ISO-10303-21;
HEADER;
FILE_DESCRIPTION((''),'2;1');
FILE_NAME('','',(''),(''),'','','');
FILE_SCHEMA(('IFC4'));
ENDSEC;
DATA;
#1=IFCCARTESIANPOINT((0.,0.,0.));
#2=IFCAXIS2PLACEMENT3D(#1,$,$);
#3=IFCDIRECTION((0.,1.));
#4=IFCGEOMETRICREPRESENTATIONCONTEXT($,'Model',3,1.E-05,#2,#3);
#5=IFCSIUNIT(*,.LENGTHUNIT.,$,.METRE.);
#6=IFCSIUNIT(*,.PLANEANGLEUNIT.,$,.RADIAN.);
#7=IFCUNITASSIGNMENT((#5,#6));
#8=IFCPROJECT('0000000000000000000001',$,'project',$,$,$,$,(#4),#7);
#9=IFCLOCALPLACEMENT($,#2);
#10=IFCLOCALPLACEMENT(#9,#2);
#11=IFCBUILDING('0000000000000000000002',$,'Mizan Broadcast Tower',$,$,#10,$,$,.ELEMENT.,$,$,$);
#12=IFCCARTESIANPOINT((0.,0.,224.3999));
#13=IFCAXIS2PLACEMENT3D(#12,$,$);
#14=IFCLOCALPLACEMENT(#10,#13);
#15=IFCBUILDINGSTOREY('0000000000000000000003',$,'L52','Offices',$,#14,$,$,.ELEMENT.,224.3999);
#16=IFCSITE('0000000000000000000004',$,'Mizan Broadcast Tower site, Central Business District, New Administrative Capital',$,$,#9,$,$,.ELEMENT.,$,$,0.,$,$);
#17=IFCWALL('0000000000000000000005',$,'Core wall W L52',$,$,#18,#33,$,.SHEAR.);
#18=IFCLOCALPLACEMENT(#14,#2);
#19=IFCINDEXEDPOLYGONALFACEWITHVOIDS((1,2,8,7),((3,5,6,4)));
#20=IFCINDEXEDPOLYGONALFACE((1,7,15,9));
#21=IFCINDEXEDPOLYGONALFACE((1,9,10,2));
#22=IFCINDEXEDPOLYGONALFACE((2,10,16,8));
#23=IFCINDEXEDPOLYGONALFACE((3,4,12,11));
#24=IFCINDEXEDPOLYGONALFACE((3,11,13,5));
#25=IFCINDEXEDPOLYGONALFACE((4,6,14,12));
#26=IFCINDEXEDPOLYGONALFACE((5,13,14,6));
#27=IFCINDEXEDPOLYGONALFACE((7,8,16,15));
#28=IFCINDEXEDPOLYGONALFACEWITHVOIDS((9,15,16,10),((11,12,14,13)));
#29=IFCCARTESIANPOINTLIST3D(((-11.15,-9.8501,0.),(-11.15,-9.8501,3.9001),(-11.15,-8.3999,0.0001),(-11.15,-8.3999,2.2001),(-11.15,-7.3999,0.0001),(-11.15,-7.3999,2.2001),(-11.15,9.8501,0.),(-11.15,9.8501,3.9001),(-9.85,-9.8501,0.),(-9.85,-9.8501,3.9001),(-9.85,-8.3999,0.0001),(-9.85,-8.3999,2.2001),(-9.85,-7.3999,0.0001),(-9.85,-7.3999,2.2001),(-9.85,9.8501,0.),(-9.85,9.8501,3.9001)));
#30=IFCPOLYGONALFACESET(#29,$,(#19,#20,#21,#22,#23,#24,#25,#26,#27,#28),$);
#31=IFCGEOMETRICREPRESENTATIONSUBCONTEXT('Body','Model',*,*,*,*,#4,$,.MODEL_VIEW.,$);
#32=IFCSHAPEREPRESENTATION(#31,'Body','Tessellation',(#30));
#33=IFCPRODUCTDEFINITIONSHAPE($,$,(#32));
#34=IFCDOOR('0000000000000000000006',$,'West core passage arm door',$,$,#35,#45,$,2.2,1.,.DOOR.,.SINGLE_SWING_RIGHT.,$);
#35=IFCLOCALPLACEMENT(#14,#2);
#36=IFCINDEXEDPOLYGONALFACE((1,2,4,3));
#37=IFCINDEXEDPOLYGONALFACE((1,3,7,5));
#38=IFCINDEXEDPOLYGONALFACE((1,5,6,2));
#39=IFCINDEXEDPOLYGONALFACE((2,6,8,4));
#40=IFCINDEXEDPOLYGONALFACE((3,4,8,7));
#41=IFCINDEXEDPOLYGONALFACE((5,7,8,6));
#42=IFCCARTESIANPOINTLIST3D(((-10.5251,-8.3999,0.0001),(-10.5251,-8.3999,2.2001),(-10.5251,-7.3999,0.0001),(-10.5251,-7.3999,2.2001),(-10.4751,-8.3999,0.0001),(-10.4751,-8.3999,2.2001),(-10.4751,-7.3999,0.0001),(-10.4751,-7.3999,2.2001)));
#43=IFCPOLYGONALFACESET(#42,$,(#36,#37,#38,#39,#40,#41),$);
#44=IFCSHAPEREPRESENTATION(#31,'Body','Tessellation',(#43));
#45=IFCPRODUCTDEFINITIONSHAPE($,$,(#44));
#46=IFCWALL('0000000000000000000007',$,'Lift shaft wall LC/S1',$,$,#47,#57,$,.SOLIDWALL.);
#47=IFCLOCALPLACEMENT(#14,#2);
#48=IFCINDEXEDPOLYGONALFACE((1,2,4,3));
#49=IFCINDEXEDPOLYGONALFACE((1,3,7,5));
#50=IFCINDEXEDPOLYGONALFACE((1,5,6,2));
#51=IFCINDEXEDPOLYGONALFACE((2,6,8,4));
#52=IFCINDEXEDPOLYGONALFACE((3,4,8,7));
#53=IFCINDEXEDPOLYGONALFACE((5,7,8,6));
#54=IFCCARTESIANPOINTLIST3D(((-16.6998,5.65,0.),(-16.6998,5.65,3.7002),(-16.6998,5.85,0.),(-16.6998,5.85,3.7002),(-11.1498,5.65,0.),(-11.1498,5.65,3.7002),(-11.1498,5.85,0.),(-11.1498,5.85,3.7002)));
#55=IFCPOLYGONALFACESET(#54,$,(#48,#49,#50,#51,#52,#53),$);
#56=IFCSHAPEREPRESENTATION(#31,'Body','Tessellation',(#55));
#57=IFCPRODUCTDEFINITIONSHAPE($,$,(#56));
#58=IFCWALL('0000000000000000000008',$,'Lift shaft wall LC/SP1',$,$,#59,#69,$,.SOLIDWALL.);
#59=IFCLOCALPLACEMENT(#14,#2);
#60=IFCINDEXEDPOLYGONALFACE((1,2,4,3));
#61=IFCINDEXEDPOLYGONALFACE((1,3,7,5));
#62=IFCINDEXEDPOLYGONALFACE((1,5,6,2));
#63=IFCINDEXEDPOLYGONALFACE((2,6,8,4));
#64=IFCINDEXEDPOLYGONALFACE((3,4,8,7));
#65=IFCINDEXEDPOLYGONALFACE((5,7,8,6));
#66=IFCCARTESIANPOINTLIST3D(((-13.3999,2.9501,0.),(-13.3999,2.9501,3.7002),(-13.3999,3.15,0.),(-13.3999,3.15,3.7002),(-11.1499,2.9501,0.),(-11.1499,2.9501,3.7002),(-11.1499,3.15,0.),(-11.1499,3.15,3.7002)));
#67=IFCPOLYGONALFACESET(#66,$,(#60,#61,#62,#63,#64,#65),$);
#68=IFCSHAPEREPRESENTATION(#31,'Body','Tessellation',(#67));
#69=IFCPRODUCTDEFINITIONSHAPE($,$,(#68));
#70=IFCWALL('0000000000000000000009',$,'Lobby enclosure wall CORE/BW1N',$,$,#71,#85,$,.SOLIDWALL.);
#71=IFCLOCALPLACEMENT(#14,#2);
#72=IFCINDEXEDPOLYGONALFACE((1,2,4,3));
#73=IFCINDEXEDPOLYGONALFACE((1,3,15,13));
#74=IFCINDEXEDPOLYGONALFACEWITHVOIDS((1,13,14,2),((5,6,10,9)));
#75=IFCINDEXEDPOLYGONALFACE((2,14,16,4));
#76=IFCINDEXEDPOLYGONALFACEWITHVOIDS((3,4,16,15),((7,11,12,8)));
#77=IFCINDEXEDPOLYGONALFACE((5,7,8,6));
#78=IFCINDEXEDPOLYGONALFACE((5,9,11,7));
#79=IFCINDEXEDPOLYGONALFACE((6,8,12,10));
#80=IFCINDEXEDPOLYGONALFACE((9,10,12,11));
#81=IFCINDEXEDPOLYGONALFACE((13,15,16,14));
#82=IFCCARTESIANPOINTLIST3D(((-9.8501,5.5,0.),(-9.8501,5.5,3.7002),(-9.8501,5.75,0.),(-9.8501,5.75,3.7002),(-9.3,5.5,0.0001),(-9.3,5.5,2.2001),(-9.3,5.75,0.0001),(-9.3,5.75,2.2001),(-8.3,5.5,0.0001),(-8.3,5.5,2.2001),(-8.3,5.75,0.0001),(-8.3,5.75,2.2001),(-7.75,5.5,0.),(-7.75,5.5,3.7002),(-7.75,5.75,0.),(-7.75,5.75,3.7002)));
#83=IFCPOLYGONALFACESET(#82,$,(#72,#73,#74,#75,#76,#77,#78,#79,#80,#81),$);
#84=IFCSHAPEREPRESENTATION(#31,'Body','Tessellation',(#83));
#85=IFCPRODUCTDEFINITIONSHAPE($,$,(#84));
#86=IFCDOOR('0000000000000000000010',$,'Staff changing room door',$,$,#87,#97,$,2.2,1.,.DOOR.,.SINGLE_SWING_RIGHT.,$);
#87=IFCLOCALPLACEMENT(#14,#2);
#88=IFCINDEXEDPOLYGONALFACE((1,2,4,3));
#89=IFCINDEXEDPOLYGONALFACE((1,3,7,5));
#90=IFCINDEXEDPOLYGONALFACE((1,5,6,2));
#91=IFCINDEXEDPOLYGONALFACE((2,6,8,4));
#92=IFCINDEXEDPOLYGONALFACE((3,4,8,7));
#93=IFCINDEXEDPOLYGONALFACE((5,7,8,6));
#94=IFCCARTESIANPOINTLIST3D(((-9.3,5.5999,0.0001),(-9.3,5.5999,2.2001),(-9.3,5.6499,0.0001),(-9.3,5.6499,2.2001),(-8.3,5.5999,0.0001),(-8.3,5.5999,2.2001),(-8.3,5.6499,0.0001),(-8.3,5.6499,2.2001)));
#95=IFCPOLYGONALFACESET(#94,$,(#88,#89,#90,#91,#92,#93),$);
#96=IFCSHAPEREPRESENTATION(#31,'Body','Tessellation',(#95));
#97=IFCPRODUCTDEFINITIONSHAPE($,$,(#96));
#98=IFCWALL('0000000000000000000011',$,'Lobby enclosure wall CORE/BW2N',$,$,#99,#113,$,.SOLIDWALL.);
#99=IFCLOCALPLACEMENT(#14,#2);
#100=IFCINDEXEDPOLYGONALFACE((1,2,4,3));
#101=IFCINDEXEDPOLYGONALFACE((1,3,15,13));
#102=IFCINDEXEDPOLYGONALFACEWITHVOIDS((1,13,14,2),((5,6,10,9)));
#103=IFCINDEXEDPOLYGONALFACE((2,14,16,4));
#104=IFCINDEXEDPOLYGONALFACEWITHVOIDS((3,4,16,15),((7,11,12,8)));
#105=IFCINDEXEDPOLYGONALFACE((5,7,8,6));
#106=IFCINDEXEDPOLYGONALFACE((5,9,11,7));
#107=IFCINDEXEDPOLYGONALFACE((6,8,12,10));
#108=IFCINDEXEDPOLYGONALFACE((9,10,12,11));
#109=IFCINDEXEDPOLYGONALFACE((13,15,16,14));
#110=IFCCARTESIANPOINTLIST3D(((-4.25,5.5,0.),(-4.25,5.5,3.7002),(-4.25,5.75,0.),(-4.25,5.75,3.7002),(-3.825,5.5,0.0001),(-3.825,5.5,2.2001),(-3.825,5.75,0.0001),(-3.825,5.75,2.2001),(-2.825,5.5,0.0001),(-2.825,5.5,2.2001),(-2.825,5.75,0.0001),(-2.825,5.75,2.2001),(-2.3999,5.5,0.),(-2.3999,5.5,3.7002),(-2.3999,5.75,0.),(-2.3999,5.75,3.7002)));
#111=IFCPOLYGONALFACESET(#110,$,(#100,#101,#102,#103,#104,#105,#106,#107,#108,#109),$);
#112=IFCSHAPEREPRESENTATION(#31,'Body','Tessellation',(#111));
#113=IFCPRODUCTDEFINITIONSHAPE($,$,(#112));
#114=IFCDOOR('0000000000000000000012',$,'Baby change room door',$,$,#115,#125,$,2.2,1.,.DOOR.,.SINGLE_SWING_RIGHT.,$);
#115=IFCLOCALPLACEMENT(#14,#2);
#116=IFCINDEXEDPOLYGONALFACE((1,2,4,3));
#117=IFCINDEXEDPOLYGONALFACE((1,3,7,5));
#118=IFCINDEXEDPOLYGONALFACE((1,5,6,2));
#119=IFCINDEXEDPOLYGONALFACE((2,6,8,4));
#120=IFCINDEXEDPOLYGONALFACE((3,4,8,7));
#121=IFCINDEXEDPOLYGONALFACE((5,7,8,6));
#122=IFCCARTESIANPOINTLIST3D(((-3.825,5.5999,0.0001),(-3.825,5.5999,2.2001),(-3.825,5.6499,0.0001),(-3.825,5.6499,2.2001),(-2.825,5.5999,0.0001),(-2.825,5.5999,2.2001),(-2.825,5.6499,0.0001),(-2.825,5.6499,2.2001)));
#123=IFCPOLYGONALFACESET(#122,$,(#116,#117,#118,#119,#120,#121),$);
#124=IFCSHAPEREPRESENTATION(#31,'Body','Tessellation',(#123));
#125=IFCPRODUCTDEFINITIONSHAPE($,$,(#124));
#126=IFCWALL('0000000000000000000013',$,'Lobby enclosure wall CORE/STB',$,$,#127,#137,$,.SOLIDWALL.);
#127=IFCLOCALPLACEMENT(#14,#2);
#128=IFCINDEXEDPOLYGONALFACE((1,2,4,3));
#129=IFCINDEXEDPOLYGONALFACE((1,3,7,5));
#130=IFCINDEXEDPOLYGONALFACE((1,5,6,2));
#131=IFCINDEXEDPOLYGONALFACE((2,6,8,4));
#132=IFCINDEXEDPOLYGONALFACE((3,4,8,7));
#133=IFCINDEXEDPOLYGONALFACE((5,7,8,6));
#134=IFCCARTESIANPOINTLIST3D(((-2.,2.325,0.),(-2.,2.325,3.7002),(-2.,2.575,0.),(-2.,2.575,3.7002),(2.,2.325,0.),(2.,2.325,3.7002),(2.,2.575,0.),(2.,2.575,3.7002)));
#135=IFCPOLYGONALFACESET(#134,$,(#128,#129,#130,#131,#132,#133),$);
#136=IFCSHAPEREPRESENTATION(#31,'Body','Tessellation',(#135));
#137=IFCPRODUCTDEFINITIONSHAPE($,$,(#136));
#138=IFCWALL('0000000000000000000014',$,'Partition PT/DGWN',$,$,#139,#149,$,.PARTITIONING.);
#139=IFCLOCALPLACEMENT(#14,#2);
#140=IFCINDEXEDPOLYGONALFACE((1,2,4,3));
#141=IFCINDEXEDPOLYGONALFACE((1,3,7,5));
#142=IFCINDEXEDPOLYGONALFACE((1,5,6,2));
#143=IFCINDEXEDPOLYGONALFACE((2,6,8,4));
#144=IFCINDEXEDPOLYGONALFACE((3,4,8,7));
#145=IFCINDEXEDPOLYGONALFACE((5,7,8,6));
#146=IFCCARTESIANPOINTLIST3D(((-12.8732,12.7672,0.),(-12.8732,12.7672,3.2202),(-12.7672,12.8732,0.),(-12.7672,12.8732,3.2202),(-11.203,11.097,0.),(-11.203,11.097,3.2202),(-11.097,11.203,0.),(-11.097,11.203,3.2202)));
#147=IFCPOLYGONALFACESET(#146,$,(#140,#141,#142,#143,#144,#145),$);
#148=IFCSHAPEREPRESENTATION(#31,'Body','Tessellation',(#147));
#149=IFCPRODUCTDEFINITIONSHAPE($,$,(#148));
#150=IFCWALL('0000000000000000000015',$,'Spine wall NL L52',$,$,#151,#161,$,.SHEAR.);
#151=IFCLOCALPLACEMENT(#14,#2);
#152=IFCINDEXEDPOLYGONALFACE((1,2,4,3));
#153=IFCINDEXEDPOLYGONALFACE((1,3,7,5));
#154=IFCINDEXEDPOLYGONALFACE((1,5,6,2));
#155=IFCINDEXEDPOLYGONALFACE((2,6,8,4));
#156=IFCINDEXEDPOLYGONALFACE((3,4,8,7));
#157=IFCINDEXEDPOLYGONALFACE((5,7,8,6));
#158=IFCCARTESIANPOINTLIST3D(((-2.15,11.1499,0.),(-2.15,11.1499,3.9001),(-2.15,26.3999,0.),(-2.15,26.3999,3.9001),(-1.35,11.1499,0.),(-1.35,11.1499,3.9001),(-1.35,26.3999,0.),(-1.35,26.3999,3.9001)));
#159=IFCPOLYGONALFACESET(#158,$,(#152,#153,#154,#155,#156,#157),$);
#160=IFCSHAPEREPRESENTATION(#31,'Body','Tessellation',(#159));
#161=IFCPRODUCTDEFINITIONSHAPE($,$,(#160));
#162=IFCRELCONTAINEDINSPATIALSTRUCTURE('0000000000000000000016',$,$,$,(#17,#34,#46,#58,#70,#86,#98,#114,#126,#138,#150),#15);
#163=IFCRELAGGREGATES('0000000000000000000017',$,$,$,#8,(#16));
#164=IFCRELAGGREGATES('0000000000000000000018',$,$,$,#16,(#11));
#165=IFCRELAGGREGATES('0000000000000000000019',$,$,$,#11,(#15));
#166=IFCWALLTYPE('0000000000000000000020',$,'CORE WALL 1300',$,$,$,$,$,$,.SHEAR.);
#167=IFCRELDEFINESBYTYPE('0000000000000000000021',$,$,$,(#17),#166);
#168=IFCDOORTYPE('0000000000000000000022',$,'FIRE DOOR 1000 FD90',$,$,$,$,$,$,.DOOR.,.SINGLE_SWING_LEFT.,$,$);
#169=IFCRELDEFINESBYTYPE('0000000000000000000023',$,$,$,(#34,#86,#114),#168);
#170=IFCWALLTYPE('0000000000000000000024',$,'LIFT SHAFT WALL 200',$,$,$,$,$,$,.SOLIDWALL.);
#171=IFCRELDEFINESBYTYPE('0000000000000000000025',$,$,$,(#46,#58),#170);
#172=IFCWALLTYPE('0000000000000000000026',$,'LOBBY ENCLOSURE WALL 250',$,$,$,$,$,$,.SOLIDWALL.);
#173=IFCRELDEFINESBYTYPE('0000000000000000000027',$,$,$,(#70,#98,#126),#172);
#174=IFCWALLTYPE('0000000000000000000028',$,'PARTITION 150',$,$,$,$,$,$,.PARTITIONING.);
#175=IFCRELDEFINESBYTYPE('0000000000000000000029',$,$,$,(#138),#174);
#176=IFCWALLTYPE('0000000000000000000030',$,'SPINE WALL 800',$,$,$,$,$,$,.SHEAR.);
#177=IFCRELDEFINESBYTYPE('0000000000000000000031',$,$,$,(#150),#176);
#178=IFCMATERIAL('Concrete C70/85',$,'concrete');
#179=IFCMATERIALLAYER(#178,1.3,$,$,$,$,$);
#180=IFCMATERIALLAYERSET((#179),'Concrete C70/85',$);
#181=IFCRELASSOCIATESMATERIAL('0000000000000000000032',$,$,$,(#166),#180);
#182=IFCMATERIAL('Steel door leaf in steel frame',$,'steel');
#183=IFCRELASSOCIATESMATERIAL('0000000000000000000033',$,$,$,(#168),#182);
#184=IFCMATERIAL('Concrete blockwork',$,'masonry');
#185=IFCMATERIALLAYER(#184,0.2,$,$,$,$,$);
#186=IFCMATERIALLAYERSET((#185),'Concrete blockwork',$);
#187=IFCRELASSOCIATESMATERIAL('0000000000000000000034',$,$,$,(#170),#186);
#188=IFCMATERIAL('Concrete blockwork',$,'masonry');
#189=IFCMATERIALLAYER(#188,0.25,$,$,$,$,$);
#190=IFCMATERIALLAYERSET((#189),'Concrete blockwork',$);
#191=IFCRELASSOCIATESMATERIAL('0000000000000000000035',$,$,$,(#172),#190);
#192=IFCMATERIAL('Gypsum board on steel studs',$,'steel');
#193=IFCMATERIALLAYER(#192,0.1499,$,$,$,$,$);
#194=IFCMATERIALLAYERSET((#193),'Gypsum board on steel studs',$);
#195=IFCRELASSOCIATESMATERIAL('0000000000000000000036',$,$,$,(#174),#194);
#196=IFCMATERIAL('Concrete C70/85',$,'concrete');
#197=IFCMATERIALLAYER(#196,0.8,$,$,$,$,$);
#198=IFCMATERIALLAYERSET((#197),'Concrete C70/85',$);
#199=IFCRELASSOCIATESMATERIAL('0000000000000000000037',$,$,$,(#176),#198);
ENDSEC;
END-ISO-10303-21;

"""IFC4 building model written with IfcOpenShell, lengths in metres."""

from ifc_helpers import new_model, si_unit, direction, frame, frame_2d, origin, place, context, subcontext, project, spatial, rectangle, extrude, material, layer, layer_set, type_object, element, fill, save


model = new_model("IFC4")

# Units and contexts
model_context = context("Model", 3, precision=1e-05, world=origin(), true_north=direction((0.0, 1.0)))
body_context = subcontext(model_context, "Body", "Model", "MODEL_VIEW")
ifc_project = project(units=[si_unit("LENGTHUNIT", "METRE"), si_unit("PLANEANGLEUNIT", "RADIAN")], contexts=[model_context])

# Site, building, storey
site_placement = place(None, origin())
site = spatial("IfcSite", under=ifc_project, at=site_placement, Name="Mizan Broadcast Tower site, Central Business District, New Administrative Capital", CompositionType="ELEMENT", RefElevation=0.0)
building_placement = place(site_placement, origin())
building = spatial("IfcBuilding", under=site, at=building_placement, Name="Mizan Broadcast Tower", CompositionType="ELEMENT")
storey_placement = place(building_placement, frame((0.0, 0.0, 224.3999)))
storey = spatial("IfcBuildingStorey", under=building, at=storey_placement, Name="L52", Description="Offices", CompositionType="ELEMENT", Elevation=224.3999)

# Shared definitions
ifc_material_1 = material(Name="Concrete C70/85", Category="concrete")
ifc_layer_1 = layer(ifc_material_1, 1.3)
ifc_layer_set_1 = layer_set([ifc_layer_1], Name="Concrete C70/85")
wall_type_1 = type_object("IfcWallType", Name="CORE WALL 1300", PredefinedType="SHEAR", material=ifc_layer_set_1)

# Wall, opening, door
wall_1_placement = place(storey_placement, frame((-10.5, 9.8501, 0.0), z_axis=(0.0, 0.0, 1.0), x_axis=(0.0, -1.0, 0.0)))
wall_1 = element("IfcWall", 1, at=wall_1_placement, inside=storey, type_object=wall_type_1, Name="Core wall W L52", PredefinedType="SHEAR", context=body_context, shape_type="SweptSolid", body=[
    extrude(rectangle(XDim=19.7002, YDim=1.3, at=frame_2d((9.8501, 0.0))), origin(), (0.0, 0.0, 1.0), 3.9001),
])
opening_1_placement = place(wall_1_placement, frame((17.25, 0.0, 0.0)))
opening_1 = element("IfcOpeningElement", 2, at=opening_1_placement, cuts=wall_1, PredefinedType="OPENING", context=body_context, shape_type="SweptSolid", body=[
    extrude(rectangle(XDim=1.0, YDim=2.2, at=frame_2d((0.5, 1.1001))), frame((0.0, 0.6599, 0.0), z_axis=(0.0, -1.0, 0.0), x_axis=(1.0, 0.0, 0.0)), (0.0, 0.0, 1.0), 1.3201),
])
ifc_material_2 = material(Name="Steel door leaf in steel frame", Category="steel")
door_type_1 = type_object("IfcDoorType", Name="FIRE DOOR 1000 FD90", OperationType="SINGLE_SWING_LEFT", PredefinedType="DOOR", material=ifc_material_2)
door_1_placement = place(opening_1_placement, origin())
door_1 = element("IfcDoor", 3, at=door_1_placement, inside=storey, type_object=door_type_1, Name="West core passage arm door", OperationType="SINGLE_SWING_RIGHT", OverallHeight=2.2, OverallWidth=1.0, PredefinedType="DOOR", context=body_context, shape_type="SweptSolid", body=[
    extrude(rectangle(XDim=1.0, YDim=2.2, at=frame_2d((0.5, 1.1001))), frame((0.0, 0.0249, 0.0), z_axis=(0.0, -1.0, 0.0), x_axis=(1.0, 0.0, 0.0)), (0.0, 0.0, 1.0), 0.05),
])
fill(opening_1, door_1)

# Walls
ifc_material_3 = material(Name="Concrete blockwork", Category="masonry")
ifc_layer_2 = layer(ifc_material_3, 0.2)
ifc_layer_set_2 = layer_set([ifc_layer_2], Name="Concrete blockwork")
wall_type_2 = type_object("IfcWallType", Name="LIFT SHAFT WALL 200", PredefinedType="SOLIDWALL", material=ifc_layer_set_2)
wall_2_placement = place(storey_placement, frame((-11.1499, 5.75, 0.0), z_axis=(0.0, 0.0, 1.0), x_axis=(-1.0, 0.0, 0.0)))
element("IfcWall", 4, at=wall_2_placement, inside=storey, type_object=wall_type_2, Name="Lift shaft wall LC/S1", PredefinedType="SOLIDWALL", context=body_context, shape_type="SweptSolid", body=[
    extrude(rectangle(XDim=5.55, YDim=0.2, at=frame_2d((2.7749, 0.0))), origin(), (0.0, 0.0, 1.0), 3.7002),
])
wall_3_placement = place(storey_placement, frame((-11.1499, 3.05, 0.0), z_axis=(0.0, 0.0, 1.0), x_axis=(-1.0, 0.0, 0.0)))
element("IfcWall", 5, at=wall_3_placement, inside=storey, type_object=wall_type_2, Name="Lift shaft wall LC/SP1", PredefinedType="SOLIDWALL", context=body_context, shape_type="SweptSolid", body=[
    extrude(rectangle(XDim=2.25, YDim=0.2, at=frame_2d((1.125, 0.0))), origin(), (0.0, 0.0, 1.0), 3.7002),
])

# Walls, openings, doors
ifc_material_4 = material(Name="Concrete blockwork", Category="masonry")
ifc_layer_3 = layer(ifc_material_4, 0.25)
ifc_layer_set_3 = layer_set([ifc_layer_3], Name="Concrete blockwork")
wall_type_3 = type_object("IfcWallType", Name="LOBBY ENCLOSURE WALL 250", PredefinedType="SOLIDWALL", material=ifc_layer_set_3)
wall_4_placement = place(storey_placement, frame((-9.8501, 5.625, 0.0), z_axis=(0.0, 0.0, 1.0), x_axis=(1.0, 0.0, 0.0)))
wall_4 = element("IfcWall", 6, at=wall_4_placement, inside=storey, type_object=wall_type_3, Name="Lobby enclosure wall CORE/BW1N", PredefinedType="SOLIDWALL", context=body_context, shape_type="SweptSolid", body=[
    extrude(rectangle(XDim=2.1001, YDim=0.25, at=frame_2d((1.05, 0.0))), origin(), (0.0, 0.0, 1.0), 3.7002),
])
opening_2_placement = place(wall_4_placement, frame((0.55, 0.0, 0.0)))
opening_2 = element("IfcOpeningElement", 7, at=opening_2_placement, cuts=wall_4, PredefinedType="OPENING", context=body_context, shape_type="SweptSolid", body=[
    extrude(rectangle(XDim=1.0, YDim=2.2, at=frame_2d((0.5, 1.1001))), frame((0.0, 0.135, 0.0), z_axis=(0.0, -1.0, 0.0), x_axis=(1.0, 0.0, 0.0)), (0.0, 0.0, 1.0), 0.27),
])
door_2_placement = place(opening_2_placement, origin())
door_2 = element("IfcDoor", 8, at=door_2_placement, inside=storey, type_object=door_type_1, Name="Staff changing room door", OperationType="SINGLE_SWING_RIGHT", OverallHeight=2.2, OverallWidth=1.0, PredefinedType="DOOR", context=body_context, shape_type="SweptSolid", body=[
    extrude(rectangle(XDim=1.0, YDim=2.2, at=frame_2d((0.5, 1.1001))), frame((0.0, 0.0249, 0.0), z_axis=(0.0, -1.0, 0.0), x_axis=(1.0, 0.0, 0.0)), (0.0, 0.0, 1.0), 0.05),
])
fill(opening_2, door_2)
wall_5_placement = place(storey_placement, frame((-4.25, 5.625, 0.0), z_axis=(0.0, 0.0, 1.0), x_axis=(1.0, 0.0, 0.0)))
wall_5 = element("IfcWall", 9, at=wall_5_placement, inside=storey, type_object=wall_type_3, Name="Lobby enclosure wall CORE/BW2N", PredefinedType="SOLIDWALL", context=body_context, shape_type="SweptSolid", body=[
    extrude(rectangle(XDim=1.8501, YDim=0.25, at=frame_2d((0.925, 0.0))), origin(), (0.0, 0.0, 1.0), 3.7002),
])
opening_3_placement = place(wall_5_placement, frame((0.425, 0.0, 0.0)))
opening_3 = element("IfcOpeningElement", 10, at=opening_3_placement, cuts=wall_5, PredefinedType="OPENING", context=body_context, shape_type="SweptSolid", body=[
    extrude(rectangle(XDim=1.0, YDim=2.2, at=frame_2d((0.5, 1.1001))), frame((0.0, 0.135, 0.0), z_axis=(0.0, -1.0, 0.0), x_axis=(1.0, 0.0, 0.0)), (0.0, 0.0, 1.0), 0.27),
])
door_3_placement = place(opening_3_placement, origin())
door_3 = element("IfcDoor", 11, at=door_3_placement, inside=storey, type_object=door_type_1, Name="Baby change room door", OperationType="SINGLE_SWING_RIGHT", OverallHeight=2.2, OverallWidth=1.0, PredefinedType="DOOR", context=body_context, shape_type="SweptSolid", body=[
    extrude(rectangle(XDim=1.0, YDim=2.2, at=frame_2d((0.5, 1.1001))), frame((0.0, 0.0249, 0.0), z_axis=(0.0, -1.0, 0.0), x_axis=(1.0, 0.0, 0.0)), (0.0, 0.0, 1.0), 0.05),
])
fill(opening_3, door_3)

# Walls
wall_6_placement = place(storey_placement, frame((-2.0, 2.45, 0.0), z_axis=(0.0, 0.0, 1.0), x_axis=(1.0, 0.0, 0.0)))
element("IfcWall", 12, at=wall_6_placement, inside=storey, type_object=wall_type_3, Name="Lobby enclosure wall CORE/STB", PredefinedType="SOLIDWALL", context=body_context, shape_type="SweptSolid", body=[
    extrude(rectangle(XDim=4.0, YDim=0.25, at=frame_2d((2.0, 0.0))), origin(), (0.0, 0.0, 1.0), 3.7002),
])
ifc_material_5 = material(Name="Gypsum board on steel studs", Category="steel")
ifc_layer_4 = layer(ifc_material_5, 0.1499)
ifc_layer_set_4 = layer_set([ifc_layer_4], Name="Gypsum board on steel studs")
wall_type_4 = type_object("IfcWallType", Name="PARTITION 150", PredefinedType="PARTITIONING", material=ifc_layer_set_4)
wall_7_placement = place(storey_placement, frame((-11.1499, 11.1499, 0.0), z_axis=(0.0, 0.0, 1.0), x_axis=(-0.707107, 0.707107, 0.0)))
element("IfcWall", 13, at=wall_7_placement, inside=storey, type_object=wall_type_4, Name="Partition PT/DGWN", PredefinedType="PARTITIONING", context=body_context, shape_type="SweptSolid", body=[
    extrude(rectangle(XDim=2.3621, YDim=0.1499, at=frame_2d((1.1812, 0.0))), origin(), (0.0, 0.0, 1.0), 3.2202),
])
ifc_material_6 = material(Name="Concrete C70/85", Category="concrete")
ifc_layer_5 = layer(ifc_material_6, 0.8)
ifc_layer_set_5 = layer_set([ifc_layer_5], Name="Concrete C70/85")
wall_type_5 = type_object("IfcWallType", Name="SPINE WALL 800", PredefinedType="SHEAR", material=ifc_layer_set_5)
wall_8_placement = place(storey_placement, frame((-1.75, 11.1499, 0.0), z_axis=(0.0, 0.0, 1.0), x_axis=(0.0, 1.0, 0.0)))
element("IfcWall", 14, at=wall_8_placement, inside=storey, type_object=wall_type_5, Name="Spine wall NL L52", PredefinedType="SHEAR", context=body_context, shape_type="SweptSolid", body=[
    extrude(rectangle(XDim=15.25, YDim=0.8, at=frame_2d((7.625, 0.0))), origin(), (0.0, 0.0, 1.0), 3.9001),
])

save(model, "model.ifc")
